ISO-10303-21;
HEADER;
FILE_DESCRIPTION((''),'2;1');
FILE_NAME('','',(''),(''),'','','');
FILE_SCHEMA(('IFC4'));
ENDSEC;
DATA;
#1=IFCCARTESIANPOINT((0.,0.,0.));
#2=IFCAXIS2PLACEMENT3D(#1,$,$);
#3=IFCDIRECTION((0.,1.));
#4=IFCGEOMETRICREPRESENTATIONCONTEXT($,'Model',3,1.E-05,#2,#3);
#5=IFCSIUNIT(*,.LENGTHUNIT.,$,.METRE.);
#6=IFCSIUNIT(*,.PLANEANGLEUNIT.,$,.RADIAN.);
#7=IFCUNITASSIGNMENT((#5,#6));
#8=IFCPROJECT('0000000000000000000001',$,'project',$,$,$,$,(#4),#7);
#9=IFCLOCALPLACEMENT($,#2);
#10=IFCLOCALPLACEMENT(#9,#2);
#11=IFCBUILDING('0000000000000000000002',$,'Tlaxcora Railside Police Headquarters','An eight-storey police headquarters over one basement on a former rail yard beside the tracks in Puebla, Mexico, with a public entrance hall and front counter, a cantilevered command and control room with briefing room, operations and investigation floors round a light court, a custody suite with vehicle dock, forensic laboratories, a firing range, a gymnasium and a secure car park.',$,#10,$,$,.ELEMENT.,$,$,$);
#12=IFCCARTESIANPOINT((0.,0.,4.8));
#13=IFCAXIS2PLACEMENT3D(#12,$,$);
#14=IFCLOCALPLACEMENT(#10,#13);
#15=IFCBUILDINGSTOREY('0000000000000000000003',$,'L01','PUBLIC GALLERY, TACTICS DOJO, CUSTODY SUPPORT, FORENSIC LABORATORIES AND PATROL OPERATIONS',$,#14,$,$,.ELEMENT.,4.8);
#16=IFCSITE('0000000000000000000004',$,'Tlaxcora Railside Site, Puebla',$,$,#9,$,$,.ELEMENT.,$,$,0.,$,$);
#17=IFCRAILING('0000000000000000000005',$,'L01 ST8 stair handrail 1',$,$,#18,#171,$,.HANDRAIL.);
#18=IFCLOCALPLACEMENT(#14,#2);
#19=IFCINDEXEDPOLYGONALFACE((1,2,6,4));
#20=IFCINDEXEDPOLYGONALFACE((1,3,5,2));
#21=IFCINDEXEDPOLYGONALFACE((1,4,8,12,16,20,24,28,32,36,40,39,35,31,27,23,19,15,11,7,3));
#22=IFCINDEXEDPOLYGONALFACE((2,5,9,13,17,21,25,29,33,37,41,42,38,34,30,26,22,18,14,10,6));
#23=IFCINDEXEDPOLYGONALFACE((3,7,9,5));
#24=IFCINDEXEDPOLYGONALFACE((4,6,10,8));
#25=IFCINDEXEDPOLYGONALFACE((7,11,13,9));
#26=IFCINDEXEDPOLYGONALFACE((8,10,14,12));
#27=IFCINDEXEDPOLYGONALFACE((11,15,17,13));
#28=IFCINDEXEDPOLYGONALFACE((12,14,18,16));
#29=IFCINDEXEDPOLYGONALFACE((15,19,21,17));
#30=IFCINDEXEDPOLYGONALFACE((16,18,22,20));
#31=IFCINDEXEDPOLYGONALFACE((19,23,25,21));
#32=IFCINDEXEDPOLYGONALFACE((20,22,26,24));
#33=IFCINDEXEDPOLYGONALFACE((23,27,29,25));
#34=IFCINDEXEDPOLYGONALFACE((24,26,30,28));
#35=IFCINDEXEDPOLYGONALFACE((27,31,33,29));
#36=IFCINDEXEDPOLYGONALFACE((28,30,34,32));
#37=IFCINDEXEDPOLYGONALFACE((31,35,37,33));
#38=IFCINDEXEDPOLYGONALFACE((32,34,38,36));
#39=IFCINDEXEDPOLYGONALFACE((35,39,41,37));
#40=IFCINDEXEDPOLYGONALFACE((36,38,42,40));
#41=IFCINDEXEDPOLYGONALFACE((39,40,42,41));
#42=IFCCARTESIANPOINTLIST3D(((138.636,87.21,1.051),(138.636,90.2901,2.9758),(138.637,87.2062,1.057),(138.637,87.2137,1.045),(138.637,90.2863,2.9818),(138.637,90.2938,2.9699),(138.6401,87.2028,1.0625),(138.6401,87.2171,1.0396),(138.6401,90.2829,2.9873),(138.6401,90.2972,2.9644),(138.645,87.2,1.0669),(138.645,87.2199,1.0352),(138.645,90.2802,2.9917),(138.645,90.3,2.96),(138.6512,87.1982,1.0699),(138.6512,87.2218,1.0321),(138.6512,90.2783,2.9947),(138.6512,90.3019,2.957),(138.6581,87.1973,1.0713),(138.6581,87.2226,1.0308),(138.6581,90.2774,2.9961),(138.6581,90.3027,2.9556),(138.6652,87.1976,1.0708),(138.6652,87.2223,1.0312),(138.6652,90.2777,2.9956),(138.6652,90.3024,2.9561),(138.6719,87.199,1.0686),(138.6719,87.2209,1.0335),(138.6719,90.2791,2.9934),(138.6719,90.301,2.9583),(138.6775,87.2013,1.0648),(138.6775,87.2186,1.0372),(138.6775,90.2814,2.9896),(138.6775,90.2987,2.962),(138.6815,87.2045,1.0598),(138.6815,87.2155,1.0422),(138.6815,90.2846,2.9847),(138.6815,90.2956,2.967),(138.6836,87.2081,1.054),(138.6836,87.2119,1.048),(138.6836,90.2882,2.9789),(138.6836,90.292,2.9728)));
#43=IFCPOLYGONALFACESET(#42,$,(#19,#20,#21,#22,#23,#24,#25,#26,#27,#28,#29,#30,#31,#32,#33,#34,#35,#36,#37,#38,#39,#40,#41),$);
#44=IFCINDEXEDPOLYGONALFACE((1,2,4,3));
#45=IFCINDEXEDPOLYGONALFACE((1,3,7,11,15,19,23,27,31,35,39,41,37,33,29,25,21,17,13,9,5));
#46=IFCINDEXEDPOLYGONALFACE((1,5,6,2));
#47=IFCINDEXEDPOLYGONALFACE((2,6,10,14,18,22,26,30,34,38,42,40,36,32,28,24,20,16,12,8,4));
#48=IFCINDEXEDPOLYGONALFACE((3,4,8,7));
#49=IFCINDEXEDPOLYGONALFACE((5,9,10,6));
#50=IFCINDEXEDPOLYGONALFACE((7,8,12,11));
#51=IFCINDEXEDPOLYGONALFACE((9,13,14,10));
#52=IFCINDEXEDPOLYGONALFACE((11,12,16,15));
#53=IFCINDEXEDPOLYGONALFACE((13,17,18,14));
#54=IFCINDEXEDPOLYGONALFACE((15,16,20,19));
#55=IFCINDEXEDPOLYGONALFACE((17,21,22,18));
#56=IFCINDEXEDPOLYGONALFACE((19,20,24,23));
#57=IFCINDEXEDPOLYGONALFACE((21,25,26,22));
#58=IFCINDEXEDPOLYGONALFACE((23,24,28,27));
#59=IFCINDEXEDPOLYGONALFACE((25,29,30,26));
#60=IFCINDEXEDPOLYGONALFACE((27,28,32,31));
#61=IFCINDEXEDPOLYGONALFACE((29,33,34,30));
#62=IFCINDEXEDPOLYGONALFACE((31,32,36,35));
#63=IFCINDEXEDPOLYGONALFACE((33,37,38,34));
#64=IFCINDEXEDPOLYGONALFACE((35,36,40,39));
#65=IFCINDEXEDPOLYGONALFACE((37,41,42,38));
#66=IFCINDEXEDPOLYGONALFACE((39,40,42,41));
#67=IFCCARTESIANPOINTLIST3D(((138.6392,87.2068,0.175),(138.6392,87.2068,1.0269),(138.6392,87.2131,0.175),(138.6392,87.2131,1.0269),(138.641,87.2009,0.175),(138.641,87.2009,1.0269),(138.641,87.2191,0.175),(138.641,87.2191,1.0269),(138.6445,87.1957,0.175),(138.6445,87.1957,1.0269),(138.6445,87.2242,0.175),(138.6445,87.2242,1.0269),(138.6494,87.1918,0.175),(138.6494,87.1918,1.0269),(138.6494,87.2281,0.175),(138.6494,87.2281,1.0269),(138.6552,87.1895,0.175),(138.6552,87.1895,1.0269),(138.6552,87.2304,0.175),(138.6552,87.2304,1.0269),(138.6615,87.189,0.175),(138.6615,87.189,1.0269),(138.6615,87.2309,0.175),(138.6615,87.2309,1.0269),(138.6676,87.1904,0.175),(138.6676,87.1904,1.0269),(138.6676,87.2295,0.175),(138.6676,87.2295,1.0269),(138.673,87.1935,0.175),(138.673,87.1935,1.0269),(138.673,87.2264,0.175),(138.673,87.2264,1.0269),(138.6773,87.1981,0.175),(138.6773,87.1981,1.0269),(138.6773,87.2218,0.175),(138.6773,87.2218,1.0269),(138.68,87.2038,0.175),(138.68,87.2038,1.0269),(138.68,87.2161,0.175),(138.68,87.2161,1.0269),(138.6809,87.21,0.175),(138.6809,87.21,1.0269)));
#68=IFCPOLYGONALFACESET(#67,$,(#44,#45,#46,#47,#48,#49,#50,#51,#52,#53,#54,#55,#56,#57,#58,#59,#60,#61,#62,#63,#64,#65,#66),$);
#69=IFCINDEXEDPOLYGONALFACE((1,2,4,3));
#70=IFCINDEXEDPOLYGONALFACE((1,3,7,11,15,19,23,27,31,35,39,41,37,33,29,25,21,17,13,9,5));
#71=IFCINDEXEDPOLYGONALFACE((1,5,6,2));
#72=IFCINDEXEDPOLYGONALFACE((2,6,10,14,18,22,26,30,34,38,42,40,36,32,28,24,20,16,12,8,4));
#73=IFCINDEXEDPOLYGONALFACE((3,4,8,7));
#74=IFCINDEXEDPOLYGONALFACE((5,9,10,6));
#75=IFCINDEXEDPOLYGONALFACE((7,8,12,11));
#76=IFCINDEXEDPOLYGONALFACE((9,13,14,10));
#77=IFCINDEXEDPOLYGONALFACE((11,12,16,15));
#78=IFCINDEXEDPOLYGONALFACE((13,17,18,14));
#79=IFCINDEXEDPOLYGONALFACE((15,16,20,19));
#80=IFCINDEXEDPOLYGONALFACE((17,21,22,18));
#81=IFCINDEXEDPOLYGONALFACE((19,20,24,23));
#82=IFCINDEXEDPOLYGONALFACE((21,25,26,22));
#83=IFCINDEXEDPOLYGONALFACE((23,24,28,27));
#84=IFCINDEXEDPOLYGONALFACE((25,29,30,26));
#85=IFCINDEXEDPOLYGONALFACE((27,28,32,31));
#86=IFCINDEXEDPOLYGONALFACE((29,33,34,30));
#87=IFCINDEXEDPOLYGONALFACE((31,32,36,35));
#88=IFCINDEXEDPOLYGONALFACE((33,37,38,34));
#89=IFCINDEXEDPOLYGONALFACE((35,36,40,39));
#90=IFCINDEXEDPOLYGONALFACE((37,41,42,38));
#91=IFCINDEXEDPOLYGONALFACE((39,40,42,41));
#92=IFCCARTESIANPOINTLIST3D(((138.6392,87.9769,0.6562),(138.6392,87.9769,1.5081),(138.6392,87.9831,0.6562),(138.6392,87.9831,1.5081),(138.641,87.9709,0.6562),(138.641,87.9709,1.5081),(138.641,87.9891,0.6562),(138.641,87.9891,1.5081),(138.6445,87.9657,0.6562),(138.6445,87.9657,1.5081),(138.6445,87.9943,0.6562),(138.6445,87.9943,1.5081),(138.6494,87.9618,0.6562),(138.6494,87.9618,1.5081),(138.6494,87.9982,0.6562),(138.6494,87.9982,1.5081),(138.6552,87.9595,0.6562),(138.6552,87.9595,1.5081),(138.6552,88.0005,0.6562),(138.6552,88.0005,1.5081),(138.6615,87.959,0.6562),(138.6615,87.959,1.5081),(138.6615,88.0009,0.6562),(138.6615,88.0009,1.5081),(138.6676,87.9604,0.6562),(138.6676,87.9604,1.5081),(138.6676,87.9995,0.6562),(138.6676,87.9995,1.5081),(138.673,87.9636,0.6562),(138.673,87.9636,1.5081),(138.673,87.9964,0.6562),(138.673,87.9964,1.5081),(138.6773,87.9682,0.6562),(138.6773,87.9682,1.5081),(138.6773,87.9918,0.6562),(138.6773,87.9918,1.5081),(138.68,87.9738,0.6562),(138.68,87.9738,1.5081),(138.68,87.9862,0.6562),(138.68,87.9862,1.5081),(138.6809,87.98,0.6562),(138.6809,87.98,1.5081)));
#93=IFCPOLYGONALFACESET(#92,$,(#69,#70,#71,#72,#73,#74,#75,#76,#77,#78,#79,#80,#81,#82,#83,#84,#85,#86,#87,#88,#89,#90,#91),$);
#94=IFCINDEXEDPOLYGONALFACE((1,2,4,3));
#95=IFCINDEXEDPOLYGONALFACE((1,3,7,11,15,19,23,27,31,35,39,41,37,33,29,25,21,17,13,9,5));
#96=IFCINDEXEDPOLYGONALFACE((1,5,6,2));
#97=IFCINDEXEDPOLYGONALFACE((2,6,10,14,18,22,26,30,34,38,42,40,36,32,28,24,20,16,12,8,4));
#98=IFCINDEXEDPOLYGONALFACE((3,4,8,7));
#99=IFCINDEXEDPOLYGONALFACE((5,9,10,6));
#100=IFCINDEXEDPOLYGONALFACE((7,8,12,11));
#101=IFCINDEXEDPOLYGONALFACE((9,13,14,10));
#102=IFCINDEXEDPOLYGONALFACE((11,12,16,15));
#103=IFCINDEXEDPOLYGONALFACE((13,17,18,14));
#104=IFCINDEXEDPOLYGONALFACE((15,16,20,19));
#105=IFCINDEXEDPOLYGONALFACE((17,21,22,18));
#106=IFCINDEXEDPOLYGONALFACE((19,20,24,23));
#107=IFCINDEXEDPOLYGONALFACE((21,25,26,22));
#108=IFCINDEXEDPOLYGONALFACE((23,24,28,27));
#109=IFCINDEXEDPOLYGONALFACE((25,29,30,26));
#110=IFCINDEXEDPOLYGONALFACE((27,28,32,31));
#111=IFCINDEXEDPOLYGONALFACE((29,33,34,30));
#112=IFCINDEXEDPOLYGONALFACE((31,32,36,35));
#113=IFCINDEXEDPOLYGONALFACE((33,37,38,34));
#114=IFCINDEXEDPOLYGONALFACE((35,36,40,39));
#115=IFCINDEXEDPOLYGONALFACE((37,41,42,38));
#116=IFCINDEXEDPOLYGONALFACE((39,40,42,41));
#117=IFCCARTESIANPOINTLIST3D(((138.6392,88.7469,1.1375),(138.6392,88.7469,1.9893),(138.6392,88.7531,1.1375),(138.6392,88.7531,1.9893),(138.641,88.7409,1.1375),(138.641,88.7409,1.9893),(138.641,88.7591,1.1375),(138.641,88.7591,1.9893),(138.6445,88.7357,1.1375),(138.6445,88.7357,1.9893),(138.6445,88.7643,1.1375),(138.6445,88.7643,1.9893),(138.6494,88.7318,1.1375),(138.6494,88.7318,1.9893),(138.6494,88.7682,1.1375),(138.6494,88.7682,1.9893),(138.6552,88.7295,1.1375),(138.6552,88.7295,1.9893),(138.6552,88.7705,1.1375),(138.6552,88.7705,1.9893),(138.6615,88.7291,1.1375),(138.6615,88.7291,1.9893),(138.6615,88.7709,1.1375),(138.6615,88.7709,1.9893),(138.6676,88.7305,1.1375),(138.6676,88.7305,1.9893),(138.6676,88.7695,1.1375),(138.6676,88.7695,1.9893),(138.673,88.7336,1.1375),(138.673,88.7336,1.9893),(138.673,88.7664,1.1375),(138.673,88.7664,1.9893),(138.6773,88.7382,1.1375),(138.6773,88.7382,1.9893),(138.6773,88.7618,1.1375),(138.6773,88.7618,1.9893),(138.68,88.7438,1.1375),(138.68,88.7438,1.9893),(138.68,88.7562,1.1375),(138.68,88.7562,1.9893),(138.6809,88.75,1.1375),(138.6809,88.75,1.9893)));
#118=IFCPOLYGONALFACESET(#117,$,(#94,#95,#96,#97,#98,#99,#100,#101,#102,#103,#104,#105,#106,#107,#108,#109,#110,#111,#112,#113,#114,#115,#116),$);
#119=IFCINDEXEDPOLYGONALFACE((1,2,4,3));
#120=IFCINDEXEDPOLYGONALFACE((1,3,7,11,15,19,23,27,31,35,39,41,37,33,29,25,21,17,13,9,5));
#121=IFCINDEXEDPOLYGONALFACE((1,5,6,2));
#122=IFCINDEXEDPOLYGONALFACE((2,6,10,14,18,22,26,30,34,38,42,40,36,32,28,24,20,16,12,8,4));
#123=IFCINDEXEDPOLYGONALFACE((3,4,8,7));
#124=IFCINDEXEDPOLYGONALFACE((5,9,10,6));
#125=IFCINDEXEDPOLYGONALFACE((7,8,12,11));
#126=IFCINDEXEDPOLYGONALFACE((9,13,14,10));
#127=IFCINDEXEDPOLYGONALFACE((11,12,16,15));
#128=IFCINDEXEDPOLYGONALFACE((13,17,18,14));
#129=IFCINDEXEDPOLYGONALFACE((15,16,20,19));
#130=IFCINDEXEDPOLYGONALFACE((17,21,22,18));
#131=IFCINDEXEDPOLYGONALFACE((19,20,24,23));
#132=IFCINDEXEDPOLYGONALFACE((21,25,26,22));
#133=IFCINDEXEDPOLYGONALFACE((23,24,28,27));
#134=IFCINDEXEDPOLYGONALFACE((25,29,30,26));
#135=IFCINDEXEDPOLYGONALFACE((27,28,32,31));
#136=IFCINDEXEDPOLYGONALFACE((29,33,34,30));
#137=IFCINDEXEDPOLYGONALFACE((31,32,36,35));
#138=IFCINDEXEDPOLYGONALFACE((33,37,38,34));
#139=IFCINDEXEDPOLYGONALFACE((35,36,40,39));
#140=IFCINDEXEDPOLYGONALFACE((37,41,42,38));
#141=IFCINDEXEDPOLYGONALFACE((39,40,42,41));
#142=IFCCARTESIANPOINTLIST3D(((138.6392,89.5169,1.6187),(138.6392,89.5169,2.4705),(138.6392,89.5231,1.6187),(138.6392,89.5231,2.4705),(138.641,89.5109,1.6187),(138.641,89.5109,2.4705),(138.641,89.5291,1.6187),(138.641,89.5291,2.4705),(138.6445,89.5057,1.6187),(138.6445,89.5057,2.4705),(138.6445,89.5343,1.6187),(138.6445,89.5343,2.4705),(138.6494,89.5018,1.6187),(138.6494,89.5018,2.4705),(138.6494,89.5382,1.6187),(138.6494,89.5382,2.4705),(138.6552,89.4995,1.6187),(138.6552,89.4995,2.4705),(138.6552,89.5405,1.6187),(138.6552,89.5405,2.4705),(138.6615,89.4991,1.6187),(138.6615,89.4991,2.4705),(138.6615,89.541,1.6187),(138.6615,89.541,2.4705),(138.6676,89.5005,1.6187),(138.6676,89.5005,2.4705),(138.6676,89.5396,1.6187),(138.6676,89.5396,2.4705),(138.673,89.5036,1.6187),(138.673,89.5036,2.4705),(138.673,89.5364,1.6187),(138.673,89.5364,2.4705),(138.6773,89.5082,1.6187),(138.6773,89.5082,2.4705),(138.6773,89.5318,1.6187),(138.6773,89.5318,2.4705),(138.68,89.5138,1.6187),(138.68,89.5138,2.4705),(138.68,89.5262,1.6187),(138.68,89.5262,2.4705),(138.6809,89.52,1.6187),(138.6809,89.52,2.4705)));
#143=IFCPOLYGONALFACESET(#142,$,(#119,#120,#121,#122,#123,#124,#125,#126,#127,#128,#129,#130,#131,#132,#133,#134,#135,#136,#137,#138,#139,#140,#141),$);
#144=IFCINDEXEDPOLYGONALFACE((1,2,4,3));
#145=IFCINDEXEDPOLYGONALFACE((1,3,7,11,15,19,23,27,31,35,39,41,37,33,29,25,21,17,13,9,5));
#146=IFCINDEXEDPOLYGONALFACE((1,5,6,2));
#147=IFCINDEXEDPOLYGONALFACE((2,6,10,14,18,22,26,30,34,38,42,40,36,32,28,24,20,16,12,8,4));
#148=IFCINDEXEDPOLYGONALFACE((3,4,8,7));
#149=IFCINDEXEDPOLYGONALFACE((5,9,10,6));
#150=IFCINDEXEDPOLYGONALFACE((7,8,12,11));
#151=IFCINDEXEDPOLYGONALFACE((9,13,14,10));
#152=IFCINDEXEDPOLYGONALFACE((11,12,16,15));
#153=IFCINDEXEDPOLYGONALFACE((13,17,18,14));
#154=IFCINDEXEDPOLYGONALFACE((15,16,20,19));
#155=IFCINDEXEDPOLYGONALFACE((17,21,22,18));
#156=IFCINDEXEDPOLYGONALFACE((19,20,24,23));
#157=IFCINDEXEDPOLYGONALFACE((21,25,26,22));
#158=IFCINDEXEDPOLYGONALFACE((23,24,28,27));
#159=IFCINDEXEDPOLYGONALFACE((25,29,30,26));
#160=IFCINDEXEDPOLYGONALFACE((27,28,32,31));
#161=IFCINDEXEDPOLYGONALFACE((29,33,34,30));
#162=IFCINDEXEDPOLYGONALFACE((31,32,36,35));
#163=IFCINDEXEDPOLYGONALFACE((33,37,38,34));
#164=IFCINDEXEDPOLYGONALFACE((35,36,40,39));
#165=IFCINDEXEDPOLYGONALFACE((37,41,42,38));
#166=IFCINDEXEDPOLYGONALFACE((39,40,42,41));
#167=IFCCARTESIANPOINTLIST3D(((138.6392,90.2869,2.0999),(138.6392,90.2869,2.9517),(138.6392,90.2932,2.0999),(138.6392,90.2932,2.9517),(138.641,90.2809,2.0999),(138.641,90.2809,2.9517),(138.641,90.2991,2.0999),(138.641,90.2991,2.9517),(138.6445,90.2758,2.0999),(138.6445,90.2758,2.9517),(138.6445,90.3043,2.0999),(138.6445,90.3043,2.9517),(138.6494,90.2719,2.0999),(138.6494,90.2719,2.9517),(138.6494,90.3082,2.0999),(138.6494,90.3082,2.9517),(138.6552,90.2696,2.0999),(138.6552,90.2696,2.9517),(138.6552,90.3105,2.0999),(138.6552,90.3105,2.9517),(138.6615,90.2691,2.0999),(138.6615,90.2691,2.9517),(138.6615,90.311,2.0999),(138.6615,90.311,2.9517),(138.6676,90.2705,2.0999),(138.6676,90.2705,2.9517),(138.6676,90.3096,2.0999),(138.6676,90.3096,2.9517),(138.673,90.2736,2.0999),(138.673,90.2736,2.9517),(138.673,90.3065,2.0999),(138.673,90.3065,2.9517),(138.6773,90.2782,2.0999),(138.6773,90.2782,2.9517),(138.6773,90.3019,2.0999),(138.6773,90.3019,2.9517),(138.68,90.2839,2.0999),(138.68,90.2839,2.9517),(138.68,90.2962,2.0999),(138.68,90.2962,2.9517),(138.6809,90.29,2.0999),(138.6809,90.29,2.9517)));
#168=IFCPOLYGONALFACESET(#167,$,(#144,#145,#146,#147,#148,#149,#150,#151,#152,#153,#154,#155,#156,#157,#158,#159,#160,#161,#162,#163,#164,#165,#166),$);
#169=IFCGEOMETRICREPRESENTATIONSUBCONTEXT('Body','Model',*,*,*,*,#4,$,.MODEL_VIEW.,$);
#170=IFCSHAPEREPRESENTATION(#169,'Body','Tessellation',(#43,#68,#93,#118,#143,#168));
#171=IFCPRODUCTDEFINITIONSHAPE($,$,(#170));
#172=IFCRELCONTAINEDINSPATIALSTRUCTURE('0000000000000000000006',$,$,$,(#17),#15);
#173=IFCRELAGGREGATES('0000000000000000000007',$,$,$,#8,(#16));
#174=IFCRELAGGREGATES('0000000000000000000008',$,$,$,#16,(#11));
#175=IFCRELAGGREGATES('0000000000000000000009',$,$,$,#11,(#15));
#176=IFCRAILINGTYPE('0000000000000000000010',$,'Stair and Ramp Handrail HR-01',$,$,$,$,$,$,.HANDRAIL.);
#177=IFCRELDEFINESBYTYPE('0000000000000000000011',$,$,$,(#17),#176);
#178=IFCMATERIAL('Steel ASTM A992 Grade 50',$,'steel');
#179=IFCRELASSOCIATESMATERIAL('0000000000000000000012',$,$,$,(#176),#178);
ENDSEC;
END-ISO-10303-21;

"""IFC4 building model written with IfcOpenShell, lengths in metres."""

from ifc_helpers import new_model, si_unit, direction, frame, origin, origin_2d, place, context, subcontext, project, spatial, circle, extrude, material, type_object, element, save


model = new_model("IFC4")

# Units and contexts
model_context = context("Model", 3, precision=1e-05, world=origin(), true_north=direction((0.0, 1.0)))
body_context = subcontext(model_context, "Body", "Model", "MODEL_VIEW")
ifc_project = project(units=[si_unit("LENGTHUNIT", "METRE"), si_unit("PLANEANGLEUNIT", "RADIAN")], contexts=[model_context])

# Site, building, storey
site_placement = place(None, origin())
site = spatial("IfcSite", under=ifc_project, at=site_placement, Name="Tlaxcora Railside Site, Puebla", CompositionType="ELEMENT", RefElevation=0.0)
building_placement = place(site_placement, origin())
building = spatial("IfcBuilding", under=site, at=building_placement, Name="Tlaxcora Railside Police Headquarters", Description="An eight-storey police headquarters over one basement on a former rail yard beside the tracks in Puebla, Mexico, with a public entrance hall and front counter, a cantilevered command and control room with briefing room, operations and investigation floors round a light court, a custody suite with vehicle dock, forensic laboratories, a firing range, a gymnasium and a secure car park.", CompositionType="ELEMENT")
storey_placement = place(building_placement, frame((0.0, 0.0, 4.8)))
storey = spatial("IfcBuildingStorey", under=building, at=storey_placement, Name="L01", Description="PUBLIC GALLERY, TACTICS DOJO, CUSTODY SUPPORT, FORENSIC LABORATORIES AND PATROL OPERATIONS", CompositionType="ELEMENT", Elevation=4.8)

# Shared definitions
ifc_material_1 = material(Name="Steel ASTM A992 Grade 50", Category="steel")

# Railing
railing_type_1 = type_object("IfcRailingType", Name="Stair and Ramp Handrail HR-01", PredefinedType="HANDRAIL", material=ifc_material_1)
railing_1_placement = place(storey_placement, frame((138.6599, 87.21, 0.175)))
element("IfcRailing", 1, at=railing_1_placement, inside=storey, type_object=railing_type_1, Name="L01 ST8 stair handrail 1", PredefinedType="HANDRAIL", context=body_context, shape_type="SweptSolid", body=[
    extrude(circle(Radius=0.0239, at=origin_2d()), frame((0.0, 0.0, 0.876), z_axis=(0.0, 0.848029, 0.529951), x_axis=(-1.0, 0.0, 0.0)), (0.0, 0.0, 1.0), 3.6321),
    extrude(circle(Radius=0.021, at=origin_2d()), origin(), (0.0, 0.0, 1.0), 0.8518),
    extrude(circle(Radius=0.021, at=origin_2d()), frame((0.0, 0.77, 0.4812)), (0.0, 0.0, 1.0), 0.8518),
    extrude(circle(Radius=0.021, at=origin_2d()), frame((0.0, 1.54, 0.9624)), (0.0, 0.0, 1.0), 0.8518),
    extrude(circle(Radius=0.021, at=origin_2d()), frame((0.0, 2.3101, 1.4436)), (0.0, 0.0, 1.0), 0.8518),
    extrude(circle(Radius=0.021, at=origin_2d()), frame((0.0, 3.0801, 1.9248)), (0.0, 0.0, 1.0), 0.8518),
])

save(model, "model.ifc")
